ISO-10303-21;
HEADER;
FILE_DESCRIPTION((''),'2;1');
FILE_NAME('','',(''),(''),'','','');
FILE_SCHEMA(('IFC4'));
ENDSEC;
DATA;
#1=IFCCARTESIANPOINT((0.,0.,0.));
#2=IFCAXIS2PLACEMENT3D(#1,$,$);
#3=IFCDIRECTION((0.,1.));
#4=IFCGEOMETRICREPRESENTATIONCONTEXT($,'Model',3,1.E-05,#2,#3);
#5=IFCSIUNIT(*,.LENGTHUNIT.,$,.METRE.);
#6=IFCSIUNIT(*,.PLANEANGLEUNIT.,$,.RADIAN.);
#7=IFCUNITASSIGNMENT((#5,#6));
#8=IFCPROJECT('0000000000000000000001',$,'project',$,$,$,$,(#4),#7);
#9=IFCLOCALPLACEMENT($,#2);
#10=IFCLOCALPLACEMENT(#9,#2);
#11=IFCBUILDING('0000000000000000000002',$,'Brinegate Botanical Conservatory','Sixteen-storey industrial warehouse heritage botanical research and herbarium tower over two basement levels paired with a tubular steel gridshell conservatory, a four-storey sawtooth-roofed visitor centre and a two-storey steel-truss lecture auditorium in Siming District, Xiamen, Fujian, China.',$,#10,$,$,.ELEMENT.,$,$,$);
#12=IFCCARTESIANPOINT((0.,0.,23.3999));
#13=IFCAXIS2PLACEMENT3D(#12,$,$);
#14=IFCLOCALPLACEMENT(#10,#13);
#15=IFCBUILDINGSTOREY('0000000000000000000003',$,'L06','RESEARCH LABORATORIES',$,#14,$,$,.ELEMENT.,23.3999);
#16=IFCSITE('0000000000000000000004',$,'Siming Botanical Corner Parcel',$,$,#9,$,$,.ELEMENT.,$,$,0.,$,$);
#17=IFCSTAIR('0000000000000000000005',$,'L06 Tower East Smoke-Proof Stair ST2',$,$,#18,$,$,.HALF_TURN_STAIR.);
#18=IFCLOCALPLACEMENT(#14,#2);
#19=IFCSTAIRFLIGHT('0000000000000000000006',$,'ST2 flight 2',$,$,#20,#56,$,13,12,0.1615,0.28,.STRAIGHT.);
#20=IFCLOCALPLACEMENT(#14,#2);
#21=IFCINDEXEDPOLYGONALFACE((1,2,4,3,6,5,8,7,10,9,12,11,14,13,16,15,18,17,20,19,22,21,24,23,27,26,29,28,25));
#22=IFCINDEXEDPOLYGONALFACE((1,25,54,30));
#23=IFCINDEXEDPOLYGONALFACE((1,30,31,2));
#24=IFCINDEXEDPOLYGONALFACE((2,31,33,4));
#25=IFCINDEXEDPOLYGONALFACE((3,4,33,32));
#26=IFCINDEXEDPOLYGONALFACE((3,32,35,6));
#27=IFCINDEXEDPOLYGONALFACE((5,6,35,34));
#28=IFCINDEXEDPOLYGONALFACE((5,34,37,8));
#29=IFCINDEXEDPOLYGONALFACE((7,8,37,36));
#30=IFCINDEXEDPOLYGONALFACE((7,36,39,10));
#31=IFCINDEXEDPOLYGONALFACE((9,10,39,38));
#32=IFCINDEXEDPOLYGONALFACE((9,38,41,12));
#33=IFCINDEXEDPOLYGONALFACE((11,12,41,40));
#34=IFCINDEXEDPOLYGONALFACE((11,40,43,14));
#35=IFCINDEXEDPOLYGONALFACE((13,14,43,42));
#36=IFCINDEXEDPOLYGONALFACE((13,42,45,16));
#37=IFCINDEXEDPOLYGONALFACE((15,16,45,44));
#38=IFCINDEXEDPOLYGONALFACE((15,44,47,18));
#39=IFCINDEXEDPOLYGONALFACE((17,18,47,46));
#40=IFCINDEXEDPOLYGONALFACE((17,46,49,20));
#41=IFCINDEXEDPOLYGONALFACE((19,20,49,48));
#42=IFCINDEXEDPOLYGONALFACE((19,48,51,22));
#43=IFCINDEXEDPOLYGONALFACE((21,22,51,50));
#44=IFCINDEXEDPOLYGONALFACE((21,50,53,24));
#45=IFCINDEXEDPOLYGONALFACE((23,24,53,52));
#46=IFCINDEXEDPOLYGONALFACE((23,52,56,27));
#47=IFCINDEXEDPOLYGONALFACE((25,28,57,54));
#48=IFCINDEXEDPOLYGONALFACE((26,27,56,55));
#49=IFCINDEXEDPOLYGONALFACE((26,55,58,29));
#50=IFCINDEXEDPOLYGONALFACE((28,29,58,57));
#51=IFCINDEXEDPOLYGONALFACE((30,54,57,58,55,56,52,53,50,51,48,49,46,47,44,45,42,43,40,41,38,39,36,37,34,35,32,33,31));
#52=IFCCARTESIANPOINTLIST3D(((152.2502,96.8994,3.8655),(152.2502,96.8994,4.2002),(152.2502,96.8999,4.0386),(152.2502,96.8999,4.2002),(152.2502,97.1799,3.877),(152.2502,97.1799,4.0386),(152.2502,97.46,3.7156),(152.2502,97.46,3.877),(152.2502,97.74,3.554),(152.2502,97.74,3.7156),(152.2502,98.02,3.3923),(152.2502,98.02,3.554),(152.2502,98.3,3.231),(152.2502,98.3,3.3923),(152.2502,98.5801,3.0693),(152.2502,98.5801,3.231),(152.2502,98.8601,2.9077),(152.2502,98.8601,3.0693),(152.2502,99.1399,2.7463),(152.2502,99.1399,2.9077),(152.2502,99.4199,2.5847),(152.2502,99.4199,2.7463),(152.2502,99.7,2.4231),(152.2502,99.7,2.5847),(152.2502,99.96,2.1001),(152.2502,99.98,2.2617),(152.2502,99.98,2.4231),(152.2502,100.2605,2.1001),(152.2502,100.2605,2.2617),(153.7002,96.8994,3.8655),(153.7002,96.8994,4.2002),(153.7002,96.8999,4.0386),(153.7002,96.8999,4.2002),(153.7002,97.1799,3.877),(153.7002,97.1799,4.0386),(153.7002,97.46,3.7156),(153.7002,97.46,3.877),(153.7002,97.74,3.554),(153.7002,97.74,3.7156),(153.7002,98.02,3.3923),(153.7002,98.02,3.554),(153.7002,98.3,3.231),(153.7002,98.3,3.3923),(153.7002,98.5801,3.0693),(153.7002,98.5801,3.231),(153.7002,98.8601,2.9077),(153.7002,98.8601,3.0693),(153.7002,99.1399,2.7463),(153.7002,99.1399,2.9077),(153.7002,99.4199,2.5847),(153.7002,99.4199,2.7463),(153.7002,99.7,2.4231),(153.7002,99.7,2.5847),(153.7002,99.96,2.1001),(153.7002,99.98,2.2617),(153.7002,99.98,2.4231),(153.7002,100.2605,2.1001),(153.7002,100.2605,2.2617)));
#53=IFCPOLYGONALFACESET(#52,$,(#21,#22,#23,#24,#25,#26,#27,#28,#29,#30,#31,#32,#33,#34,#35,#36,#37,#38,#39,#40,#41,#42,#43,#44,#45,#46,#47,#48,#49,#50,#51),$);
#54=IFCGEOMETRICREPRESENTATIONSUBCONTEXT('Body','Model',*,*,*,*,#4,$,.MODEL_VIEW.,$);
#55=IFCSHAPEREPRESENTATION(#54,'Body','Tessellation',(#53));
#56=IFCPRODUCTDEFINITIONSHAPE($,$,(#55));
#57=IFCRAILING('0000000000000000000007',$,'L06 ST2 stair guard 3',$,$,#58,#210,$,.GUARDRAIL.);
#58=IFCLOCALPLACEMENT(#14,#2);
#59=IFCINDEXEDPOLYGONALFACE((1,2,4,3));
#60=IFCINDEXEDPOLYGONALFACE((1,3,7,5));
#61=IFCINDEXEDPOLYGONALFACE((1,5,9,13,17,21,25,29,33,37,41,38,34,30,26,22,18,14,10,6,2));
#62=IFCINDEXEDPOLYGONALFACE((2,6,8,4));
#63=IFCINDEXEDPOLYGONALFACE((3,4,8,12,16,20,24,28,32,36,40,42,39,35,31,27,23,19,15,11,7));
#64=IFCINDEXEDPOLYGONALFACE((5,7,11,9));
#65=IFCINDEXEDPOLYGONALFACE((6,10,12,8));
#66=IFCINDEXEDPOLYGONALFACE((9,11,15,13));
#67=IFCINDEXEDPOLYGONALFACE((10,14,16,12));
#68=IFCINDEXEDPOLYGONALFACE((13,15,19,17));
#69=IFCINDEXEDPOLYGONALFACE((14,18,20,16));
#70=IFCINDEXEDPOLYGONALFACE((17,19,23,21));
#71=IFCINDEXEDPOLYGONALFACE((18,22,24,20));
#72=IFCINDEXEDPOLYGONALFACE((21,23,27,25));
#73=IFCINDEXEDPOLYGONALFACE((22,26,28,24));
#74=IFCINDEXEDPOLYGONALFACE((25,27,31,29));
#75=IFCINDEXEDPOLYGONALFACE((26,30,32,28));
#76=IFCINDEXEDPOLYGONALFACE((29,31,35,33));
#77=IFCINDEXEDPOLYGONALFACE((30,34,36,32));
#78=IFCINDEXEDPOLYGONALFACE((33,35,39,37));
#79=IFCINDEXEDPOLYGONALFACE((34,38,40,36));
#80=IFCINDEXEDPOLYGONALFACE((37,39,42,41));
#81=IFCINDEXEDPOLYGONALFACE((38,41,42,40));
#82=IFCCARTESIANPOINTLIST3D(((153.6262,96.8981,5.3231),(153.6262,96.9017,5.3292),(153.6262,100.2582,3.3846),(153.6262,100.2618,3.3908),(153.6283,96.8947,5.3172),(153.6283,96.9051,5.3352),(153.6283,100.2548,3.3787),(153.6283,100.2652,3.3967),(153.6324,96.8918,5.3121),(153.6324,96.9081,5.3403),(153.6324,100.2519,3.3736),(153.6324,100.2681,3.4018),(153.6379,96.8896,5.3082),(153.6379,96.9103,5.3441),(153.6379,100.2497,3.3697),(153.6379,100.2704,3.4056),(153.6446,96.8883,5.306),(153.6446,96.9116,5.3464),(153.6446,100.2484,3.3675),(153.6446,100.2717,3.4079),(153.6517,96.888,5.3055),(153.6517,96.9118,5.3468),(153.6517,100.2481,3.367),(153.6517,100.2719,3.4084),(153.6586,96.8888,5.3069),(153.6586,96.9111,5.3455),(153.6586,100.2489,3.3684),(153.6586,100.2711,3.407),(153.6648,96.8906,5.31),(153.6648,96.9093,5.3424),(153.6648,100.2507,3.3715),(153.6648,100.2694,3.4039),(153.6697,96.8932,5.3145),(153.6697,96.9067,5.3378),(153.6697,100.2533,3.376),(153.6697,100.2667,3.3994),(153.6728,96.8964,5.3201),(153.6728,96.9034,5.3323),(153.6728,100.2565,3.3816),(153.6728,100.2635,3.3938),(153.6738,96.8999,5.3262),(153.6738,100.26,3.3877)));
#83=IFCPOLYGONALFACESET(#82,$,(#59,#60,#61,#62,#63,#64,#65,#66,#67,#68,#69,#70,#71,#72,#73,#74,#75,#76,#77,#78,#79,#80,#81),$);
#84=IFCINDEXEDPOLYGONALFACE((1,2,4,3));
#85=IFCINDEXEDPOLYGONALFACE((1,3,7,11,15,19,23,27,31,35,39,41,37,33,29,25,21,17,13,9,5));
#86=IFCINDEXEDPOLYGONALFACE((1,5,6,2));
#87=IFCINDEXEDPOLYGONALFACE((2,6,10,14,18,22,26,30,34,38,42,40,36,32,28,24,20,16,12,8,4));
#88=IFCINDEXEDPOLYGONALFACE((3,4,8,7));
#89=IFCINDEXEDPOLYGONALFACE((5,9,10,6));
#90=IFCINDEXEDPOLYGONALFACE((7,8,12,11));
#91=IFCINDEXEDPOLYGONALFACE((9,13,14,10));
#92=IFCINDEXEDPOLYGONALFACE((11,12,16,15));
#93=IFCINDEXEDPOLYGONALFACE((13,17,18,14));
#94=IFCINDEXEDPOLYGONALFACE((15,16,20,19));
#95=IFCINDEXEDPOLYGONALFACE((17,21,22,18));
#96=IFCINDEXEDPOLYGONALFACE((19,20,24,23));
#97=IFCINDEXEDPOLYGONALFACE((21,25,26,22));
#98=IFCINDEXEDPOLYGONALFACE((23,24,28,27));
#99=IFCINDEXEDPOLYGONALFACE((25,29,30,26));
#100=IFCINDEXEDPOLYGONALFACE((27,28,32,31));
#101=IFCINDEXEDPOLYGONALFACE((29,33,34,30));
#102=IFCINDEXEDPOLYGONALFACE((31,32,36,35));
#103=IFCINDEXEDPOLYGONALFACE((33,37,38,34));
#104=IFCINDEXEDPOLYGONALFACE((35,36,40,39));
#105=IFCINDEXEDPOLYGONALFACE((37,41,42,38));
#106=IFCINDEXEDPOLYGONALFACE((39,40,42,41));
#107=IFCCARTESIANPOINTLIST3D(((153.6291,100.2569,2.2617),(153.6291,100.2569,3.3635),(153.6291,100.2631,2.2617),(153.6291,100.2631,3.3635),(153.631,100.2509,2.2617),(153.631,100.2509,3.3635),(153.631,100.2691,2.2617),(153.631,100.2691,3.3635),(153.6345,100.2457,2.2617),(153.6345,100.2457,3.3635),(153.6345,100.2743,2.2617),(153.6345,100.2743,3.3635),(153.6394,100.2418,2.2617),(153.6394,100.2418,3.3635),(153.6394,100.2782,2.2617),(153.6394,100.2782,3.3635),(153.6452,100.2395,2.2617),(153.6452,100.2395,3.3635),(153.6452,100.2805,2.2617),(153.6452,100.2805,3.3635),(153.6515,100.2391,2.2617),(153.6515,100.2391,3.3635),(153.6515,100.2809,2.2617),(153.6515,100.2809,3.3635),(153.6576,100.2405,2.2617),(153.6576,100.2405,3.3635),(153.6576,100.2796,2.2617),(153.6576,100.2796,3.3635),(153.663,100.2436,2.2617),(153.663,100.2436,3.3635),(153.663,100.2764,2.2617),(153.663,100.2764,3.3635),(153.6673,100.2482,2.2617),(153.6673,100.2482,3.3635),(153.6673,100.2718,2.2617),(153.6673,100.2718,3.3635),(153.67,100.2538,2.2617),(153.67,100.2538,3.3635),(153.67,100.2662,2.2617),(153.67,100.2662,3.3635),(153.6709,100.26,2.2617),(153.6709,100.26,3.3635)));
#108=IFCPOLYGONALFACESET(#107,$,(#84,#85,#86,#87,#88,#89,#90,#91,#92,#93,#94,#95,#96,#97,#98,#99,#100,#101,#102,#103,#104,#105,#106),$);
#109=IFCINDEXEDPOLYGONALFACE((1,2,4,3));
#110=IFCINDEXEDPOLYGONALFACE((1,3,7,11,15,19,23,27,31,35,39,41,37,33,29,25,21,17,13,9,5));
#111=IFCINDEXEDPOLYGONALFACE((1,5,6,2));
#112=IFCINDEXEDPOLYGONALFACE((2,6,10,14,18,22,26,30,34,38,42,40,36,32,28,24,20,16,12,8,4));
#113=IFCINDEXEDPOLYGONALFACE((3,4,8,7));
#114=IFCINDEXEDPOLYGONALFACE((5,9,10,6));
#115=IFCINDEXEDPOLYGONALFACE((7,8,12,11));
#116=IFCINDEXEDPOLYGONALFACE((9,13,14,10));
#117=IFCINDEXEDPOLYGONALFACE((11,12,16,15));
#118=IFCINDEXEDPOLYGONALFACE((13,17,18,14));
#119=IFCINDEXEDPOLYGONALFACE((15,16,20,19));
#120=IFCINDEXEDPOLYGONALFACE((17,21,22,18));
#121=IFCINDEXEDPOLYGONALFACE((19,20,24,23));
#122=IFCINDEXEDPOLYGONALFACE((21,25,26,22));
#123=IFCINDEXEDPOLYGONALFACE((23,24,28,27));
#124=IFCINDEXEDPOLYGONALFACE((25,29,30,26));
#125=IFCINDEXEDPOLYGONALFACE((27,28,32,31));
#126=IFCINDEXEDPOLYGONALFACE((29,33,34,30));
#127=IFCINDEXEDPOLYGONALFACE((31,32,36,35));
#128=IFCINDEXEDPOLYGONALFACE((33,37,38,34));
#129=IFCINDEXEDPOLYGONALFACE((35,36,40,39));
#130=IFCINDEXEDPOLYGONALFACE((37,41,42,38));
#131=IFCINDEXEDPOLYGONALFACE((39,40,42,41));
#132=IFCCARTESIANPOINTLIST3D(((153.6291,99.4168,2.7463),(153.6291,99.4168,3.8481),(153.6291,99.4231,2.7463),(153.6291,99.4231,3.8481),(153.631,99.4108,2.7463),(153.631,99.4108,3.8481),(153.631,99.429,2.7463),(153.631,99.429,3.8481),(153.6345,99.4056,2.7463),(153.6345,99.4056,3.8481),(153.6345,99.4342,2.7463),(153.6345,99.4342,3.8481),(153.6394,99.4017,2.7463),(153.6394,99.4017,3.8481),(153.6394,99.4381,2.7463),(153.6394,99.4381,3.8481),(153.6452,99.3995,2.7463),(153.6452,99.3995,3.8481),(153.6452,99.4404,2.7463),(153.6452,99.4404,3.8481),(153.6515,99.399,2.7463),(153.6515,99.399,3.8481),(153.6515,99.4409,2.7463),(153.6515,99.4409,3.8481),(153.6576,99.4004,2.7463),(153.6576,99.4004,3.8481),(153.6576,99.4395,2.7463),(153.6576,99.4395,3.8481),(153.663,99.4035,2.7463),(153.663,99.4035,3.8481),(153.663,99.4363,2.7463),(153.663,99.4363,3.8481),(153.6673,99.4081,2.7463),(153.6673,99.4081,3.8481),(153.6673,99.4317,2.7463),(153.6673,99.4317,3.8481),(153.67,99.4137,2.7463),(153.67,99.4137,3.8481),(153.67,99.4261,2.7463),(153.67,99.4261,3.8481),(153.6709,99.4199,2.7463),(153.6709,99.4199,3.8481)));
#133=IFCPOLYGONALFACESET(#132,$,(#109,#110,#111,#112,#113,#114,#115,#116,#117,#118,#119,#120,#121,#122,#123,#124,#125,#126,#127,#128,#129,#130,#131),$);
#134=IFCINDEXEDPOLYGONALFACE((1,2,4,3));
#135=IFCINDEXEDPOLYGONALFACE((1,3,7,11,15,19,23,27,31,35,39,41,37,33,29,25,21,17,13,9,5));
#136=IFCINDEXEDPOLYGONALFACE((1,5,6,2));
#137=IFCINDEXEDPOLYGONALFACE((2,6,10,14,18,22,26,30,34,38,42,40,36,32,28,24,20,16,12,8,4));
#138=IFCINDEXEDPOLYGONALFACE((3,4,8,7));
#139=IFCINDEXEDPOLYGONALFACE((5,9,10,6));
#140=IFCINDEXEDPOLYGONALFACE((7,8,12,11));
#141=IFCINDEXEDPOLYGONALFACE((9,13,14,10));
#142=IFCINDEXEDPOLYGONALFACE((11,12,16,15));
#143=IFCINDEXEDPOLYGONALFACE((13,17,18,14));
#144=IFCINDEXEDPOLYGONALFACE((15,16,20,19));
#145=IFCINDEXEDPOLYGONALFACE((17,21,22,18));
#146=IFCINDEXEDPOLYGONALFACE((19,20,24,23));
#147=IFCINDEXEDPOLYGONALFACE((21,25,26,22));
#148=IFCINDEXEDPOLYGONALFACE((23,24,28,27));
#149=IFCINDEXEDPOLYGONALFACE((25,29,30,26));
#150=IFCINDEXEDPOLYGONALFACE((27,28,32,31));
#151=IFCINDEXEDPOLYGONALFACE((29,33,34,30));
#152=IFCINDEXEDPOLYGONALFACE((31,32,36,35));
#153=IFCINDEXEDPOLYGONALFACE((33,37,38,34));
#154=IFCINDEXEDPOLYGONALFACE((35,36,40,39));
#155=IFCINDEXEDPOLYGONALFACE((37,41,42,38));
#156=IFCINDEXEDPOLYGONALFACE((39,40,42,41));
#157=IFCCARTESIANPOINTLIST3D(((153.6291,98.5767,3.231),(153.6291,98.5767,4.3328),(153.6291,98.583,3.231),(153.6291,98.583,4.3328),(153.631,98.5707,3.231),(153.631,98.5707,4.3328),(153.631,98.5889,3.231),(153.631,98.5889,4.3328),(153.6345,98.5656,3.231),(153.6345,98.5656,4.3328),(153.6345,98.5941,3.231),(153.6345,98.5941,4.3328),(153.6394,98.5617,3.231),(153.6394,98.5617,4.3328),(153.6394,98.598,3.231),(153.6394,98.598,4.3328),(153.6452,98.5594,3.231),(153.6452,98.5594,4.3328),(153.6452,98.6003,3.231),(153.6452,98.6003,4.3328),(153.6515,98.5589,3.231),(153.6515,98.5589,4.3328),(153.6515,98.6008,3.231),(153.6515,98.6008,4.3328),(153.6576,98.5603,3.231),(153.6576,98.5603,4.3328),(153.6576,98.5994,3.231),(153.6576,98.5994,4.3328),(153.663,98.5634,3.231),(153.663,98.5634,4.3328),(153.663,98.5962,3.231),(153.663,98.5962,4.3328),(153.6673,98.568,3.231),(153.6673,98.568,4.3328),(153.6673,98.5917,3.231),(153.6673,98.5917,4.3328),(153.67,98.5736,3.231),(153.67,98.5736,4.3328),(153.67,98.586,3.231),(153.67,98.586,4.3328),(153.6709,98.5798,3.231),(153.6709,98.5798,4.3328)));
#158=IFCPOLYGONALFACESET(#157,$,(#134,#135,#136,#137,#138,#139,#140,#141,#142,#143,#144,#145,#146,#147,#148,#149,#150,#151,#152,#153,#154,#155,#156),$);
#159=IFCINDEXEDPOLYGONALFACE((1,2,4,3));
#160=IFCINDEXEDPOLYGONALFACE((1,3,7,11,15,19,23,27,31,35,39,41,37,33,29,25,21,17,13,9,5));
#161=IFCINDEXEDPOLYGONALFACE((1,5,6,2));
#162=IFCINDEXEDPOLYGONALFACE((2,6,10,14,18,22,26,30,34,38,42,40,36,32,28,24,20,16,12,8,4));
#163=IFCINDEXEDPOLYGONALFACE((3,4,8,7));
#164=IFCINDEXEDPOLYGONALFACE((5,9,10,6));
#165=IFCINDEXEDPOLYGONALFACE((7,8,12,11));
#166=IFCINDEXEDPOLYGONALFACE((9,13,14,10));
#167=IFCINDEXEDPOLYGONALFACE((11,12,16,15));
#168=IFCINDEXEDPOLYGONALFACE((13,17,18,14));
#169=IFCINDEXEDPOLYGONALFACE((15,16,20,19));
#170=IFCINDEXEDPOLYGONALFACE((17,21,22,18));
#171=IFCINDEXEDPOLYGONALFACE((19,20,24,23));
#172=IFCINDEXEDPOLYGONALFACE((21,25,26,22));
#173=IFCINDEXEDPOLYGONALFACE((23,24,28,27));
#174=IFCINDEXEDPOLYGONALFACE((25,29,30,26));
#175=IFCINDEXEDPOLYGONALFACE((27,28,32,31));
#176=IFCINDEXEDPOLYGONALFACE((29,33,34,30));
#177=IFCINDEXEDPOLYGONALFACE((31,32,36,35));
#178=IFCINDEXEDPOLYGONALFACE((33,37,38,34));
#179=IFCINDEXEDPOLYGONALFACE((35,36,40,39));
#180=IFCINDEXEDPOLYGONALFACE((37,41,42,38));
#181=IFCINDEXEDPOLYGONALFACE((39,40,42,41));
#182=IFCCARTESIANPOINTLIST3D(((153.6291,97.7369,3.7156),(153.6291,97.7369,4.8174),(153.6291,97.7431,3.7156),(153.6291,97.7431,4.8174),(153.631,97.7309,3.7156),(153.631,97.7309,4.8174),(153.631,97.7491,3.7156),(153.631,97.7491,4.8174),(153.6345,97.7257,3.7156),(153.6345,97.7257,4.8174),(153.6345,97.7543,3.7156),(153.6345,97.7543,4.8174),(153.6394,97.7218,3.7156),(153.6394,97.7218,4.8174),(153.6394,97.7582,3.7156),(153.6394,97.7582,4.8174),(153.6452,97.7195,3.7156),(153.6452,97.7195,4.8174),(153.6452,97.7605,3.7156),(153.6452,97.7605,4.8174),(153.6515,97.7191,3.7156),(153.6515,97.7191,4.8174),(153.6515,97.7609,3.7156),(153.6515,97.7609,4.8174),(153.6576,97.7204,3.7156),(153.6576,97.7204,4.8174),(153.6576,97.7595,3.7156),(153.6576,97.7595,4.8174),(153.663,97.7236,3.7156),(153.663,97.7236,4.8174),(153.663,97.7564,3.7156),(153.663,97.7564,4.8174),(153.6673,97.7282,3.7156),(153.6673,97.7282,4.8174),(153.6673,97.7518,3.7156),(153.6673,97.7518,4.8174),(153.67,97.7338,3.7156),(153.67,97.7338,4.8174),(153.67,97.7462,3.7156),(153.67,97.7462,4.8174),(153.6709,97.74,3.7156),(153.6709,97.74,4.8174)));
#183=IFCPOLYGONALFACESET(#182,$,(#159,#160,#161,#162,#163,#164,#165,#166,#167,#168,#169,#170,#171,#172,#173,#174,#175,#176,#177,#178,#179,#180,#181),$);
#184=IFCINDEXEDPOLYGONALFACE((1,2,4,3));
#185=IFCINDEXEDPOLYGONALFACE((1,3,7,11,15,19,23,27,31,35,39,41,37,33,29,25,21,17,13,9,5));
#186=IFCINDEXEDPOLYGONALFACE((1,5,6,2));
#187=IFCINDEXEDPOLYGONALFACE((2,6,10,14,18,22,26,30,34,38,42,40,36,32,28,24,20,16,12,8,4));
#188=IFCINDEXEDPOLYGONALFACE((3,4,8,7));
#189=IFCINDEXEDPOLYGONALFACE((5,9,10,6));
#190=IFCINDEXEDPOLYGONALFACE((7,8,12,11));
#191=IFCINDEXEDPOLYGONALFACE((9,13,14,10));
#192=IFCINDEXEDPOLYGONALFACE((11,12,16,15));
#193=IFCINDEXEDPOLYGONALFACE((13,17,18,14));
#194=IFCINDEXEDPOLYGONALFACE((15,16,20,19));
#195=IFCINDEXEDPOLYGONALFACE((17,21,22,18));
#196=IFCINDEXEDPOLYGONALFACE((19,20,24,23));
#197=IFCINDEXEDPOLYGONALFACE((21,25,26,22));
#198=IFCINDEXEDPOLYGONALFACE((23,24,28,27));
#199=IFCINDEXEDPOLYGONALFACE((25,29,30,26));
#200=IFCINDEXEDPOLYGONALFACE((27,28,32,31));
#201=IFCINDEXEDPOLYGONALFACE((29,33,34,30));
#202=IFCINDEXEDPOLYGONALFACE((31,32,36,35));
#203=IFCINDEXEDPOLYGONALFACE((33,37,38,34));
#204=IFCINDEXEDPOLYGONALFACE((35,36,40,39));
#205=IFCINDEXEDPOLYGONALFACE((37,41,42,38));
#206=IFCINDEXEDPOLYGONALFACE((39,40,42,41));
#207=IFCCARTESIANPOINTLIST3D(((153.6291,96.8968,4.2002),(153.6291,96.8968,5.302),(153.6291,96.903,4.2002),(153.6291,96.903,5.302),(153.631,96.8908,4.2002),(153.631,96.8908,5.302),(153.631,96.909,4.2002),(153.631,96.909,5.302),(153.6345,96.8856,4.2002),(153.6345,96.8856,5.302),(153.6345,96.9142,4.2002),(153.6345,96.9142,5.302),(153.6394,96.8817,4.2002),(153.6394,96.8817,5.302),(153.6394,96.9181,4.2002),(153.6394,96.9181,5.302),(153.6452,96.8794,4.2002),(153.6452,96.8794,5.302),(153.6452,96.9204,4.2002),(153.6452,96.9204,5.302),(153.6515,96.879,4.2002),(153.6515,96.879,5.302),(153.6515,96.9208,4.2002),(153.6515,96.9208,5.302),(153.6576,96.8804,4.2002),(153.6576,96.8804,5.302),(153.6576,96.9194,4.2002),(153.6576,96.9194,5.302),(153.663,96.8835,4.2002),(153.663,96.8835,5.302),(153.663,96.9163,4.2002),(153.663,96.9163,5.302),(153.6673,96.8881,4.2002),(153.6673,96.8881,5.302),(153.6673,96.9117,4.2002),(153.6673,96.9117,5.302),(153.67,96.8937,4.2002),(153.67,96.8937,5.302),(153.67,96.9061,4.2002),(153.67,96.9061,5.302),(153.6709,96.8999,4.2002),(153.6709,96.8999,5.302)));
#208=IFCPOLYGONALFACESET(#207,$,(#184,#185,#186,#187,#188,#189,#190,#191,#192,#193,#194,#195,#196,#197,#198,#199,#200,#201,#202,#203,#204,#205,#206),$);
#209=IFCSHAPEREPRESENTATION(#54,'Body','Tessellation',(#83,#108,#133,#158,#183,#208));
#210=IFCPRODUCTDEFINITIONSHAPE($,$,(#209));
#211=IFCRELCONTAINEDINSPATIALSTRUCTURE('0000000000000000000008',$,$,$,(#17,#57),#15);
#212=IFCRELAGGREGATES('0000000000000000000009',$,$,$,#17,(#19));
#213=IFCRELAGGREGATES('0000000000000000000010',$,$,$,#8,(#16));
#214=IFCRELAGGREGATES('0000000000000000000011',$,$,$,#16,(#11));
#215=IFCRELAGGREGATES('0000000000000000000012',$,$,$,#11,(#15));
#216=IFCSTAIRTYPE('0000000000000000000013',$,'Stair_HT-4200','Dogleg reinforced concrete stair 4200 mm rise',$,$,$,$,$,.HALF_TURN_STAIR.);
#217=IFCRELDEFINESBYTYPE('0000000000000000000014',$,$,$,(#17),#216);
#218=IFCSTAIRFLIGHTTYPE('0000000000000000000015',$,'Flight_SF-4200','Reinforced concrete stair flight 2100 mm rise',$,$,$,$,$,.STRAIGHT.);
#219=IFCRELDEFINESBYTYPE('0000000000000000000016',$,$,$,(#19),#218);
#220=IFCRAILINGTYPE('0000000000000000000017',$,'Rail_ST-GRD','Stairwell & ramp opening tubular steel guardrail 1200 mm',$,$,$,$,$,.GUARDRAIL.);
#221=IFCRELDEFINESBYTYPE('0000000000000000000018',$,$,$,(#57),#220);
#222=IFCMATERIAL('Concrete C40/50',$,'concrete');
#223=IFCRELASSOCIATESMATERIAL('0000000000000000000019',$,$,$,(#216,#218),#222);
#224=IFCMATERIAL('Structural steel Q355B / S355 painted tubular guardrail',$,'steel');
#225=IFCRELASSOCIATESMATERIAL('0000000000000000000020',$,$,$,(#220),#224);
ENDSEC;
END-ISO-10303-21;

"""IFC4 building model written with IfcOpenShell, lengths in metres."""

from ifc_helpers import new_model, si_unit, direction, frame, origin, origin_2d, place, context, subcontext, project, spatial, polyline, circle, outline, extrude, material, type_object, element, aggregate, save


model = new_model("IFC4")

# Units and contexts
model_context = context("Model", 3, precision=1e-05, world=origin(), true_north=direction((0.0, 1.0)))
body_context = subcontext(model_context, "Body", "Model", "MODEL_VIEW")
ifc_project = project(units=[si_unit("LENGTHUNIT", "METRE"), si_unit("PLANEANGLEUNIT", "RADIAN")], contexts=[model_context])

# Site, building, storey
site_placement = place(None, origin())
site = spatial("IfcSite", under=ifc_project, at=site_placement, Name="Siming Botanical Corner Parcel", CompositionType="ELEMENT", RefElevation=0.0)
building_placement = place(site_placement, origin())
building = spatial("IfcBuilding", under=site, at=building_placement, Name="Brinegate Botanical Conservatory", Description="Sixteen-storey industrial warehouse heritage botanical research and herbarium tower over two basement levels paired with a tubular steel gridshell conservatory, a four-storey sawtooth-roofed visitor centre and a two-storey steel-truss lecture auditorium in Siming District, Xiamen, Fujian, China.", CompositionType="ELEMENT")
storey_placement = place(building_placement, frame((0.0, 0.0, 23.3999)))
storey = spatial("IfcBuildingStorey", under=building, at=storey_placement, Name="L06", Description="RESEARCH LABORATORIES", CompositionType="ELEMENT", Elevation=23.3999)

# Shared definitions
ifc_material_1 = material(Name="Concrete C40/50", Category="concrete")

# Stair, stair flight
stair_type = type_object("IfcStairType", Name="Stair_HT-4200", Description="Dogleg reinforced concrete stair 4200 mm rise", PredefinedType="HALF_TURN_STAIR", material=ifc_material_1)
stair_placement = place(storey_placement, origin())
stair = element("IfcStair", 1, at=stair_placement, inside=storey, type_object=stair_type, Name="L06 Tower East Smoke-Proof Stair ST2", PredefinedType="HALF_TURN_STAIR")
stair_flight_type = type_object("IfcStairFlightType", Name="Flight_SF-4200", Description="Reinforced concrete stair flight 2100 mm rise", PredefinedType="STRAIGHT", material=ifc_material_1)
stair_flight_placement = place(storey_placement, frame((152.9751, 100.26, 2.1001), z_axis=(0.0, 0.0, 1.0), x_axis=(0.0, -1.0, 0.0)))
stair_flight = element("IfcStairFlight", 2, at=stair_flight_placement, type_object=stair_flight_type, Name="ST2 flight 2", NumberOfRisers=13, NumberOfTreads=12, PredefinedType="STRAIGHT", RiserHeight=0.1615, TreadLength=0.28, context=body_context, shape_type="SweptSolid", body=[
    extrude(outline(polyline([(-0.0005, 0.0), (-0.0005, 0.1616), (0.28, 0.1616), (0.28, 0.323), (0.5601, 0.323), (0.5601, 0.4846), (0.8401, 0.4846), (0.8401, 0.6462), (1.1201, 0.6462), (1.1201, 0.8076), (1.3999, 0.8076), (1.3999, 0.9692), (1.6799, 0.9692), (1.6799, 1.1309), (1.96, 1.1309), (1.96, 1.2922), (2.24, 1.2922), (2.24, 1.4539), (2.52, 1.4539), (2.52, 1.6155), (2.8, 1.6155), (2.8, 1.7769), (3.0801, 1.7769), (3.0801, 1.9385), (3.3601, 1.9385), (3.3601, 2.1001), (3.3606, 2.1001), (3.3606, 1.7654), (0.3, 0.0), (-0.0005, 0.0)])), frame((0.0, 0.7251, 0.0), z_axis=(0.0, -1.0, 0.0), x_axis=(1.0, 0.0, 0.0)), (0.0, 0.0, 1.0), 1.45),
])
aggregate(stair, [stair_flight])

# Railing
ifc_material_2 = material(Name="Structural steel Q355B / S355 painted tubular guardrail", Category="steel")
railing_type_1 = type_object("IfcRailingType", Name="Rail_ST-GRD", Description="Stairwell & ramp opening tubular steel guardrail 1200 mm", PredefinedType="GUARDRAIL", material=ifc_material_2)
railing_1_placement = place(storey_placement, frame((153.6499, 100.26, 2.2617)))
element("IfcRailing", 3, at=railing_1_placement, inside=storey, type_object=railing_type_1, Name="L06 ST2 stair guard 3", PredefinedType="GUARDRAIL", context=body_context, shape_type="SweptSolid", body=[
    extrude(circle(Radius=0.0239, at=origin_2d()), frame((0.0, 0.0, 1.126), z_axis=(0.0, -0.866191, 0.499713), x_axis=(1.0, 0.0, 0.0)), (0.0, 0.0, 1.0), 3.8792),
    extrude(circle(Radius=0.021, at=origin_2d()), origin(), (0.0, 0.0, 1.0), 1.1018),
    extrude(circle(Radius=0.021, at=origin_2d()), frame((0.0, -0.8401, 0.4846)), (0.0, 0.0, 1.0), 1.1018),
    extrude(circle(Radius=0.021, at=origin_2d()), frame((0.0, -1.6802, 0.9692)), (0.0, 0.0, 1.0), 1.1018),
    extrude(circle(Radius=0.021, at=origin_2d()), frame((0.0, -2.52, 1.4539)), (0.0, 0.0, 1.0), 1.1018),
    extrude(circle(Radius=0.021, at=origin_2d()), frame((0.0, -3.3601, 1.9385)), (0.0, 0.0, 1.0), 1.1018),
])

save(model, "model.ifc")
